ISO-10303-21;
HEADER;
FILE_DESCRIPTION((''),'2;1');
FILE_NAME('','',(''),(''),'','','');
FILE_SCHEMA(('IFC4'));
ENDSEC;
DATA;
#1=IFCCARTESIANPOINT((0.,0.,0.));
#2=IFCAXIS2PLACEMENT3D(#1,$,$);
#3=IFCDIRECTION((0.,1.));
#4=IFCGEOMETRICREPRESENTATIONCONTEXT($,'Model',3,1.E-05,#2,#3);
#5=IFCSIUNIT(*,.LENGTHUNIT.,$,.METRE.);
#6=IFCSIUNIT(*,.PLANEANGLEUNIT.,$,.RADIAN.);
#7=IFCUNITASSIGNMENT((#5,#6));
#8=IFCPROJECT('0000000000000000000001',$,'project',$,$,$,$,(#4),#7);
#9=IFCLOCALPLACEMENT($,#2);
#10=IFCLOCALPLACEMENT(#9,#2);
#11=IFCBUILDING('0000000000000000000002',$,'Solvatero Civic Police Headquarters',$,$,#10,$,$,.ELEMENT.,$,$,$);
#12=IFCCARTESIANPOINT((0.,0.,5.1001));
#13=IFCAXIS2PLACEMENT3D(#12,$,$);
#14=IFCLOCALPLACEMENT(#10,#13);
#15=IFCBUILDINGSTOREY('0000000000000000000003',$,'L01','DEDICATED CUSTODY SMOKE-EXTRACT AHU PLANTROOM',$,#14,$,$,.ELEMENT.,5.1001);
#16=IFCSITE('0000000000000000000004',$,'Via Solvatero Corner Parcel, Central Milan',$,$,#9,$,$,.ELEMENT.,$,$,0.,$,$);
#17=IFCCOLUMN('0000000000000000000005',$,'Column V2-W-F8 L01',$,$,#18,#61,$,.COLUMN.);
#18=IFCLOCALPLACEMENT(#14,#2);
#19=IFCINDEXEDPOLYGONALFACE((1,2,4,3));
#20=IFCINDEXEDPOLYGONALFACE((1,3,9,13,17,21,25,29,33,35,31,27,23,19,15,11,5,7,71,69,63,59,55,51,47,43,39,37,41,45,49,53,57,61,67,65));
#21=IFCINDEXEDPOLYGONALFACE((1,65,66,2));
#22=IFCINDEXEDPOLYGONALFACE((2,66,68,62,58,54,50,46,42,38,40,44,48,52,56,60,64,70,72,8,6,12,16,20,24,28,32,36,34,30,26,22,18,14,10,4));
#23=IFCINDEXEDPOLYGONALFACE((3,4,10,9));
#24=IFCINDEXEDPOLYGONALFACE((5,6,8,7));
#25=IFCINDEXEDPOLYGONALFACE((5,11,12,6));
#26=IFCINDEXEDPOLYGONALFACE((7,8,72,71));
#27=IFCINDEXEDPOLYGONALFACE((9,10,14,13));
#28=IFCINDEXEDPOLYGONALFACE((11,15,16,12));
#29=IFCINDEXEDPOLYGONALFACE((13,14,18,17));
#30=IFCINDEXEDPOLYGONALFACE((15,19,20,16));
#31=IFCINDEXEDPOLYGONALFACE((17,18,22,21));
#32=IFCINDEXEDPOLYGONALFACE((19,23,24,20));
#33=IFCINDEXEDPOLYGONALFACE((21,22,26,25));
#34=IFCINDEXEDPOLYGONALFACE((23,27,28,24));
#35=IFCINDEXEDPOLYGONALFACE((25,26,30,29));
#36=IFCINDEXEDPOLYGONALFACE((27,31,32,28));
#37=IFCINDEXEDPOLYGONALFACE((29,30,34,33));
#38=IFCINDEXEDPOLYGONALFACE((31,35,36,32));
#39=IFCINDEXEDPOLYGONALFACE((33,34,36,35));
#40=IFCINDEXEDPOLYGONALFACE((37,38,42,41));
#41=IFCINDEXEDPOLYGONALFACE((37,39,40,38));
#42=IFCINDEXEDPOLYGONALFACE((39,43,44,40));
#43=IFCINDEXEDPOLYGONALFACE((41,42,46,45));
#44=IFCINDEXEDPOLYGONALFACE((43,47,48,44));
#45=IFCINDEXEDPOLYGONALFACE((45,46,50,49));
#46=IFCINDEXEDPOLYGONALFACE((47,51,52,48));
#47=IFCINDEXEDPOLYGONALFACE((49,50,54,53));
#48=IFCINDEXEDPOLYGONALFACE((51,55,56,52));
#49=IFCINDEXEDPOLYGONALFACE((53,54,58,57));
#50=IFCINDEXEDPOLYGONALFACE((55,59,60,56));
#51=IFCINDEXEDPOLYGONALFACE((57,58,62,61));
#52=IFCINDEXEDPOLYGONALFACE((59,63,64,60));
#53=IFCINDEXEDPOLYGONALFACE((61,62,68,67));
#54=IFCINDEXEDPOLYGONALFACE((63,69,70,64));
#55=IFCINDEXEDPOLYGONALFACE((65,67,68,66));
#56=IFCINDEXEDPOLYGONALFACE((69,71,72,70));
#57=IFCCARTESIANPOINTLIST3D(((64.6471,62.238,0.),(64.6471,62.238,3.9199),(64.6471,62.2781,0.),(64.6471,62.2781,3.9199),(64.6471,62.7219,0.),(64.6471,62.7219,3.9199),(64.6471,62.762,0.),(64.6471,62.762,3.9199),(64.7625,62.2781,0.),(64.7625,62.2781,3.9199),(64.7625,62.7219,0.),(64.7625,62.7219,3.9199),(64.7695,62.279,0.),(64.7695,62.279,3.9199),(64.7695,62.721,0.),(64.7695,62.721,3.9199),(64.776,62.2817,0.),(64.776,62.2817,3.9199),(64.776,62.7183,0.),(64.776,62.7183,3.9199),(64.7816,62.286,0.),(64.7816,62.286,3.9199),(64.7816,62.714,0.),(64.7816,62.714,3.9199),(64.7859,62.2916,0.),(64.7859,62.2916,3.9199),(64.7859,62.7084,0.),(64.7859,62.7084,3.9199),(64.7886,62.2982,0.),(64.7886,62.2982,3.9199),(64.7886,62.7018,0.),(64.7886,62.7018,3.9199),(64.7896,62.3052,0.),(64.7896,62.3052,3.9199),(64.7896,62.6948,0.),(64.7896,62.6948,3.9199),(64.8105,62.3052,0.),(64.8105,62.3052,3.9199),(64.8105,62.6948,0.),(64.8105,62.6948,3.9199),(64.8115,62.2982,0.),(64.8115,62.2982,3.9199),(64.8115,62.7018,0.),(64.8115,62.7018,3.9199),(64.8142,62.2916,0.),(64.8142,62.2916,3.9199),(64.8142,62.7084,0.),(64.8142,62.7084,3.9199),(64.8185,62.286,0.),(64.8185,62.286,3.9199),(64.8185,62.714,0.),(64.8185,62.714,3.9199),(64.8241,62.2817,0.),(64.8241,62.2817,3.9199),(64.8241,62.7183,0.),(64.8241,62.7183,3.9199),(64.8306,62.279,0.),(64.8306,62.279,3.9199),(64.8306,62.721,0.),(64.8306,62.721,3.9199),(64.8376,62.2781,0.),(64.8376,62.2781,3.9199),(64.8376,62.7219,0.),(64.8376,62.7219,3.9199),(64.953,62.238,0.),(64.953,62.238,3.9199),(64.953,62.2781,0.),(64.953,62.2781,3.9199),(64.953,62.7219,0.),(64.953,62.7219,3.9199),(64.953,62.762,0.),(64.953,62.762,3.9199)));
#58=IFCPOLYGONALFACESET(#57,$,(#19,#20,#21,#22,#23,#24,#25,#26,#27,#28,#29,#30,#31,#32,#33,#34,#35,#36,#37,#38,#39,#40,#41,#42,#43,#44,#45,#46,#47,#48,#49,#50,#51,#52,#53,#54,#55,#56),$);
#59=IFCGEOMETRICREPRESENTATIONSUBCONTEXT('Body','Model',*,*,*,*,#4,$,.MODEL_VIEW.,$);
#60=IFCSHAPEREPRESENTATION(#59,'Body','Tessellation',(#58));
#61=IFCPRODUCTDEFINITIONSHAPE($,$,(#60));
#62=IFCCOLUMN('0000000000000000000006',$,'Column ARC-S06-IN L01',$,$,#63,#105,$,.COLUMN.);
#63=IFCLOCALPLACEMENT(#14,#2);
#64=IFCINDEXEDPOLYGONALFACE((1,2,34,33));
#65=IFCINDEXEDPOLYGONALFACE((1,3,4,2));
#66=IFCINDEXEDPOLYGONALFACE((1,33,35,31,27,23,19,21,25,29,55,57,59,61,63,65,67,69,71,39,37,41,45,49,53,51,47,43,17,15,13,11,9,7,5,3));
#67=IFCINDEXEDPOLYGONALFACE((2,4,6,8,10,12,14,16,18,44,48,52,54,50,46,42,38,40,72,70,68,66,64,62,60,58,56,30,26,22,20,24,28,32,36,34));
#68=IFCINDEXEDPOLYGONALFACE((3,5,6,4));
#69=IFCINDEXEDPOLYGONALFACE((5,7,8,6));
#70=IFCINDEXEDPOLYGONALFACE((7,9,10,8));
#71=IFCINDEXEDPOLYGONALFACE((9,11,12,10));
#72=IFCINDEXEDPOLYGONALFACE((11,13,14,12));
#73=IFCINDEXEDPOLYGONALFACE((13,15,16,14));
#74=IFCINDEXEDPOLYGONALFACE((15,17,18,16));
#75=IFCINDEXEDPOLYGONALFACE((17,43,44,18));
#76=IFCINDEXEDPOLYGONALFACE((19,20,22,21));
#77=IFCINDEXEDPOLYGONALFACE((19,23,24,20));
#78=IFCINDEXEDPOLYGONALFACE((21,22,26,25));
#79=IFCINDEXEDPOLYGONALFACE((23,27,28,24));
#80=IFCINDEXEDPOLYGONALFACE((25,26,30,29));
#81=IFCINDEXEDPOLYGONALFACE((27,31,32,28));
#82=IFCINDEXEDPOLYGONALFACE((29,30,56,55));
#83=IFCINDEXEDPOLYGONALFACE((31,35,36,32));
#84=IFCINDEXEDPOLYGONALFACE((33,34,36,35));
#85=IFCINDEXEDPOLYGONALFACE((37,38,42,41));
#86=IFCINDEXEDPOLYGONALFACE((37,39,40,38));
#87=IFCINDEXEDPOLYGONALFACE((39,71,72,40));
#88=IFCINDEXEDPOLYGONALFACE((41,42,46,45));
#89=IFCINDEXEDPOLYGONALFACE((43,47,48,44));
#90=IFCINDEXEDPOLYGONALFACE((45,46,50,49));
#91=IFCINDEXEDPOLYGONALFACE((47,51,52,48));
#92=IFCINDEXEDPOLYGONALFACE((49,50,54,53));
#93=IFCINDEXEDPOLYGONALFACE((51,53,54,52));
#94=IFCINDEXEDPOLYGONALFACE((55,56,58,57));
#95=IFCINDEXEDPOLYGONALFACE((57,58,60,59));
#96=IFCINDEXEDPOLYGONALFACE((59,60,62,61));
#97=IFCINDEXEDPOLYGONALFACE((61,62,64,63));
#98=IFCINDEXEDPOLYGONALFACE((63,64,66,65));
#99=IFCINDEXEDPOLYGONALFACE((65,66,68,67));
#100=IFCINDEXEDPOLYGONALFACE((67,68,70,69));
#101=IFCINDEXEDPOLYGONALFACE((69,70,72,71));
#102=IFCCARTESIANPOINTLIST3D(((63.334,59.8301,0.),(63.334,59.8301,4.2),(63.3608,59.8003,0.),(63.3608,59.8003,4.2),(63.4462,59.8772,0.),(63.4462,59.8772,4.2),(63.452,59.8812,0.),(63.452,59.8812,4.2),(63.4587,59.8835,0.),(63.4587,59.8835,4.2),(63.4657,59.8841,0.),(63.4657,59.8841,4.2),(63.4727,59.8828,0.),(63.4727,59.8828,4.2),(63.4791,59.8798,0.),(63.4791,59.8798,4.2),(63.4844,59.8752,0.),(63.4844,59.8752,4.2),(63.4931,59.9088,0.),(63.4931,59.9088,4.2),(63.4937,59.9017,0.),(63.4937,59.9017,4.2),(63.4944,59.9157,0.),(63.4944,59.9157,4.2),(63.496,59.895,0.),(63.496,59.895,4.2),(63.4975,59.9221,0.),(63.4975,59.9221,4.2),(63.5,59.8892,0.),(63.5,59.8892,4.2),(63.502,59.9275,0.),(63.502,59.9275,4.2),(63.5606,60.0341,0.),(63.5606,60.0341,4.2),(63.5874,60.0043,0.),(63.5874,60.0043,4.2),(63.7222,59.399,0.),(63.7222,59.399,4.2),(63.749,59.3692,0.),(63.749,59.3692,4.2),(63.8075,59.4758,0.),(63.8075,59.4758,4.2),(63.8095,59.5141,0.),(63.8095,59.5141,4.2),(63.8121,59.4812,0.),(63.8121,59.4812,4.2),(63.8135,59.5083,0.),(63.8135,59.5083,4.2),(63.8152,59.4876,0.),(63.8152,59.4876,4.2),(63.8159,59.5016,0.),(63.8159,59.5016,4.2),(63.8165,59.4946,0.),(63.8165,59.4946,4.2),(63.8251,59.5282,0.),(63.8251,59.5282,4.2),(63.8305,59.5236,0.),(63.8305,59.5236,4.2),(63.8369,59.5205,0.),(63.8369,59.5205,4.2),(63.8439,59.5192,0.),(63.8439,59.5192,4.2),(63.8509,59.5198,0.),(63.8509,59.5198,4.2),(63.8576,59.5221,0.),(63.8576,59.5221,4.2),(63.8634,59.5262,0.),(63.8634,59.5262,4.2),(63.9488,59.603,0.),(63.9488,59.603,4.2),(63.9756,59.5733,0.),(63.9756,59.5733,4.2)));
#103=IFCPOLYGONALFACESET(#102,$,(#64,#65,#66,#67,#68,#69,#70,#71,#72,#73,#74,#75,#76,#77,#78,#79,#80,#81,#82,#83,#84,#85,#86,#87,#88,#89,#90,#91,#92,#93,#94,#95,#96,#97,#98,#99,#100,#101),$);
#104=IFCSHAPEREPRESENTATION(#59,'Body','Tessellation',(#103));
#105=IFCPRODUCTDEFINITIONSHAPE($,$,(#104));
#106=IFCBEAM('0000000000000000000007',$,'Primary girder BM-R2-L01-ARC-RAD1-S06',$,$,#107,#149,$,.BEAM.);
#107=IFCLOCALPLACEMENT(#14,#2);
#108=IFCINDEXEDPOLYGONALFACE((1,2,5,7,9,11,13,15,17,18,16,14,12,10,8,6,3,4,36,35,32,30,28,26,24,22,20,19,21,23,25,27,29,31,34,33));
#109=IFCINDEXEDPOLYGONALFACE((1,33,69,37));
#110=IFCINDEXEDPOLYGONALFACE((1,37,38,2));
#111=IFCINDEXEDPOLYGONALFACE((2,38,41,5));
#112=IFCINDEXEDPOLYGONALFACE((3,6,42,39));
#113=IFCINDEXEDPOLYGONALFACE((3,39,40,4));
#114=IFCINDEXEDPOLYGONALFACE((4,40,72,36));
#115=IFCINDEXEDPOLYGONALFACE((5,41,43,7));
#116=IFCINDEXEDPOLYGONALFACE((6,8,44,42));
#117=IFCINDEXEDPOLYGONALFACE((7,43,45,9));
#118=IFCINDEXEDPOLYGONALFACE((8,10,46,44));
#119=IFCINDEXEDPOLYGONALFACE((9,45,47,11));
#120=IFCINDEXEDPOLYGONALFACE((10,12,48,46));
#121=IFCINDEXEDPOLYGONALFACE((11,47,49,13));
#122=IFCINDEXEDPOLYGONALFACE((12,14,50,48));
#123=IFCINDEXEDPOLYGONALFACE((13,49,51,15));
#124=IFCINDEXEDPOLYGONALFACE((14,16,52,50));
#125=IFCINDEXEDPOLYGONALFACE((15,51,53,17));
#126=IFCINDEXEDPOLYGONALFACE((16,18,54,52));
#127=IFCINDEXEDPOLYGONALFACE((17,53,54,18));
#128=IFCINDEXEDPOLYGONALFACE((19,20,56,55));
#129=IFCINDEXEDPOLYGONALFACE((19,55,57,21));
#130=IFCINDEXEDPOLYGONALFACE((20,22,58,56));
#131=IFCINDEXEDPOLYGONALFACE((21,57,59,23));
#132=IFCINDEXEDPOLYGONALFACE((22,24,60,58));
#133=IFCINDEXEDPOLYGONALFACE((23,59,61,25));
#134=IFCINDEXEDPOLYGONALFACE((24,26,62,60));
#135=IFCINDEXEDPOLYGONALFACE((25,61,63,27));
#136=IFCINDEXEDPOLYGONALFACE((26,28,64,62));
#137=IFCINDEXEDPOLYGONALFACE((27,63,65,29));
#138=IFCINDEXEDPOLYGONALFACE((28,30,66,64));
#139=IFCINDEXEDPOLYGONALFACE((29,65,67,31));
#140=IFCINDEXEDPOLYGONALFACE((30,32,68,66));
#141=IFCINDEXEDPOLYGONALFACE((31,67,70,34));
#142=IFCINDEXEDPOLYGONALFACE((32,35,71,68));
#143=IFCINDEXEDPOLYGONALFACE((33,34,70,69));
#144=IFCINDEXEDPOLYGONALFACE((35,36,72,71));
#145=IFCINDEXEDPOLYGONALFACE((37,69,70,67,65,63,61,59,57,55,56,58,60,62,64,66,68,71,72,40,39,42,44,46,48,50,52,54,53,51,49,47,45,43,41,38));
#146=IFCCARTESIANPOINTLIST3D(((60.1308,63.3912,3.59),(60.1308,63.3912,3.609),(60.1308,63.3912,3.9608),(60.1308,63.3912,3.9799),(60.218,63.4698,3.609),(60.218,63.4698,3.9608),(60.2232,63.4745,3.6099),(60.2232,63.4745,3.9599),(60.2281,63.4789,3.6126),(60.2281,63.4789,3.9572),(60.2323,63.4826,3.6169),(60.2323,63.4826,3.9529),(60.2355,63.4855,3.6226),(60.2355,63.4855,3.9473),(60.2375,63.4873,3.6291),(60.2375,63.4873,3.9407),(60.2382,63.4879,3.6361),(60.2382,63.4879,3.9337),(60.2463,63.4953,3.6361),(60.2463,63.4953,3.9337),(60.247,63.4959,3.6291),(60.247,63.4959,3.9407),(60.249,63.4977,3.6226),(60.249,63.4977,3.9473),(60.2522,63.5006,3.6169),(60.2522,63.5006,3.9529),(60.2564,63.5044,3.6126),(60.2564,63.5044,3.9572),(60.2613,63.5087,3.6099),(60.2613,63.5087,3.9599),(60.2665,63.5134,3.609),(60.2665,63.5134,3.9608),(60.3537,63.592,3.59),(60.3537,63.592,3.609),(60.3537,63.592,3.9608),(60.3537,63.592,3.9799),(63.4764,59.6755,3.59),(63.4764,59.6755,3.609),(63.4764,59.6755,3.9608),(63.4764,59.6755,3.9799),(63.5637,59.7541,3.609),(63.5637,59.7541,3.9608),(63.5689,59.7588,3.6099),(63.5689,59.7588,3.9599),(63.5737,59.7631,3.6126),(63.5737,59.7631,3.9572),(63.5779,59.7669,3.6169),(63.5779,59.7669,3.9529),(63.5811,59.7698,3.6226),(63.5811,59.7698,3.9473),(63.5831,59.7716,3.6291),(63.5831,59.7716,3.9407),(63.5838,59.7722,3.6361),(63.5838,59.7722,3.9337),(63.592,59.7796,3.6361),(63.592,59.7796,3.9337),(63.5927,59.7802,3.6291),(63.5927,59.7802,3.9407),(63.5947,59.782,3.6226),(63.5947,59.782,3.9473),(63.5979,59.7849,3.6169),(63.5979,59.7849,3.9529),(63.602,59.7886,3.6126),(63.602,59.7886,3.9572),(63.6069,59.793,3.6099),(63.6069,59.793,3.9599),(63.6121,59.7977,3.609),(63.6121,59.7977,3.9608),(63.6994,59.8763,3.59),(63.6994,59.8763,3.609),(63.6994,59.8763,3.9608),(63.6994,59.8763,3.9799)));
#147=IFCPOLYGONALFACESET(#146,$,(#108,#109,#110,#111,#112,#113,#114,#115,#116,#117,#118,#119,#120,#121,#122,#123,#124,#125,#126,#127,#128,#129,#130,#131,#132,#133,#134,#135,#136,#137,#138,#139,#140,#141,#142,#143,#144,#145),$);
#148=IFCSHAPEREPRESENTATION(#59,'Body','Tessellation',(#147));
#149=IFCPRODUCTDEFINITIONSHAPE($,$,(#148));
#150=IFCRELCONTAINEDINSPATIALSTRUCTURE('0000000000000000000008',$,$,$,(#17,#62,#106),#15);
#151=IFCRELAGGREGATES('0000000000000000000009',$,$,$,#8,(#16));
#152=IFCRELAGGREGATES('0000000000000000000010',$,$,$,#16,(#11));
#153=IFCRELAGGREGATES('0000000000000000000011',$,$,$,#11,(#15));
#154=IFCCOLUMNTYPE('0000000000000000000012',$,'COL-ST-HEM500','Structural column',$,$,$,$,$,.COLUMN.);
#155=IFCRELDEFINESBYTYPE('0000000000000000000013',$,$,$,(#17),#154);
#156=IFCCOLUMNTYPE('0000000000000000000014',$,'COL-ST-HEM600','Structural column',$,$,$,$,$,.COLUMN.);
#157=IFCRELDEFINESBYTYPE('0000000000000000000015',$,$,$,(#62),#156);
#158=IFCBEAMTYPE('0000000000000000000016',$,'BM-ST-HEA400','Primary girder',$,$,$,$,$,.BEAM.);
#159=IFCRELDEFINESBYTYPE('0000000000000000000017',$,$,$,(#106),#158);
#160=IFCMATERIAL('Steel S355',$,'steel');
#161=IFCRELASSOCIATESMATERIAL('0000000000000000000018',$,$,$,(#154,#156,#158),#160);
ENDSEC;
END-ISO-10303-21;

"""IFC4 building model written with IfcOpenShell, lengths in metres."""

from ifc_helpers import new_model, si_unit, direction, frame, origin, origin_2d, place, context, subcontext, project, spatial, i_section, extrude, material, material_profile, profile_set, type_object, element, save


model = new_model("IFC4")

# Units and contexts
model_context = context("Model", 3, precision=1e-05, world=origin(), true_north=direction((0.0, 1.0)))
body_context = subcontext(model_context, "Body", "Model", "MODEL_VIEW")
ifc_project = project(units=[si_unit("LENGTHUNIT", "METRE"), si_unit("PLANEANGLEUNIT", "RADIAN")], contexts=[model_context])

# Site, building, storey
site_placement = place(None, origin())
site = spatial("IfcSite", under=ifc_project, at=site_placement, Name="Via Solvatero Corner Parcel, Central Milan", CompositionType="ELEMENT", RefElevation=0.0)
building_placement = place(site_placement, origin())
building = spatial("IfcBuilding", under=site, at=building_placement, Name="Solvatero Civic Police Headquarters", CompositionType="ELEMENT")
storey_placement = place(building_placement, frame((0.0, 0.0, 5.1001)))
storey = spatial("IfcBuildingStorey", under=building, at=storey_placement, Name="L01", Description="DEDICATED CUSTODY SMOKE-EXTRACT AHU PLANTROOM", CompositionType="ELEMENT", Elevation=5.1001)

# Columns
ifc_material_1 = material(Name="Steel S355", Category="steel")
ifc_material_profile_1 = material_profile(ifc_material_1, i_section(OverallWidth=0.3059, OverallDepth=0.5239, WebThickness=0.021, FlangeThickness=0.04, FilletRadius=0.0271, at=origin_2d()), Name="HEM 500")
ifc_profile_set_1 = profile_set([ifc_material_profile_1], Name="Steel S355")
column_type_1 = type_object("IfcColumnType", Name="COL-ST-HEM500", Description="Structural column", PredefinedType="COLUMN", material=ifc_profile_set_1)
column_1_placement = place(storey_placement, frame((64.8, 62.5, 0.0), z_axis=(0.0, 0.0, 1.0), x_axis=(1.0, 0.0, 0.0)))
element("IfcColumn", 1, at=column_1_placement, inside=storey, type_object=column_type_1, Name="Column V2-W-F8 L01", PredefinedType="COLUMN", context=body_context, shape_type="SweptSolid", body=[
    extrude(i_section(OverallWidth=0.3059, OverallDepth=0.5239, WebThickness=0.021, FlangeThickness=0.04, FilletRadius=0.0271, at=origin_2d()), origin(), (0.0, 0.0, 1.0), 3.9199),
])
ifc_material_profile_2 = material_profile(ifc_material_1, i_section(OverallWidth=0.3049, OverallDepth=0.6201, WebThickness=0.021, FlangeThickness=0.04, FilletRadius=0.0271, at=origin_2d()), Name="HEM 600")
ifc_profile_set_2 = profile_set([ifc_material_profile_2], Name="Steel S355")
column_type_2 = type_object("IfcColumnType", Name="COL-ST-HEM600", Description="Structural column", PredefinedType="COLUMN", material=ifc_profile_set_2)
column_2_placement = place(storey_placement, frame((63.6548, 59.7017, 0.0), z_axis=(0.0, 0.0, 1.0), x_axis=(0.743145, 0.669131, 0.0)))
element("IfcColumn", 2, at=column_2_placement, inside=storey, type_object=column_type_2, Name="Column ARC-S06-IN L01", PredefinedType="COLUMN", context=body_context, shape_type="SweptSolid", body=[
    extrude(i_section(OverallWidth=0.3049, OverallDepth=0.6201, WebThickness=0.021, FlangeThickness=0.04, FilletRadius=0.0271, at=origin_2d()), origin(), (0.0, 0.0, 1.0), 4.2),
])

# Beam
ifc_material_profile_3 = material_profile(ifc_material_1, i_section(OverallWidth=0.3, OverallDepth=0.3899, WebThickness=0.011, FlangeThickness=0.019, FilletRadius=0.0271, at=origin_2d()), Name="HEA 400")
ifc_profile_set_3 = profile_set([ifc_material_profile_3], Name="Steel S355")
beam_type_1 = type_object("IfcBeamType", Name="BM-ST-HEA400", Description="Primary girder", PredefinedType="BEAM", material=ifc_profile_set_3)
beam_1_placement = place(storey_placement, frame((63.5879, 59.7759, 3.7849), z_axis=(-0.669127, 0.743148, 0.0), x_axis=(-0.743148, -0.669127, 0.0)))
element("IfcBeam", 3, at=beam_1_placement, inside=storey, type_object=beam_type_1, Name="Primary girder BM-R2-L01-ARC-RAD1-S06", PredefinedType="BEAM", context=body_context, shape_type="SweptSolid", body=[
    extrude(i_section(OverallWidth=0.3, OverallDepth=0.3899, WebThickness=0.011, FlangeThickness=0.019, FilletRadius=0.0271, at=origin_2d()), origin(), (0.0, 0.0, 1.0), 5.0),
])

save(model, "model.ifc")
